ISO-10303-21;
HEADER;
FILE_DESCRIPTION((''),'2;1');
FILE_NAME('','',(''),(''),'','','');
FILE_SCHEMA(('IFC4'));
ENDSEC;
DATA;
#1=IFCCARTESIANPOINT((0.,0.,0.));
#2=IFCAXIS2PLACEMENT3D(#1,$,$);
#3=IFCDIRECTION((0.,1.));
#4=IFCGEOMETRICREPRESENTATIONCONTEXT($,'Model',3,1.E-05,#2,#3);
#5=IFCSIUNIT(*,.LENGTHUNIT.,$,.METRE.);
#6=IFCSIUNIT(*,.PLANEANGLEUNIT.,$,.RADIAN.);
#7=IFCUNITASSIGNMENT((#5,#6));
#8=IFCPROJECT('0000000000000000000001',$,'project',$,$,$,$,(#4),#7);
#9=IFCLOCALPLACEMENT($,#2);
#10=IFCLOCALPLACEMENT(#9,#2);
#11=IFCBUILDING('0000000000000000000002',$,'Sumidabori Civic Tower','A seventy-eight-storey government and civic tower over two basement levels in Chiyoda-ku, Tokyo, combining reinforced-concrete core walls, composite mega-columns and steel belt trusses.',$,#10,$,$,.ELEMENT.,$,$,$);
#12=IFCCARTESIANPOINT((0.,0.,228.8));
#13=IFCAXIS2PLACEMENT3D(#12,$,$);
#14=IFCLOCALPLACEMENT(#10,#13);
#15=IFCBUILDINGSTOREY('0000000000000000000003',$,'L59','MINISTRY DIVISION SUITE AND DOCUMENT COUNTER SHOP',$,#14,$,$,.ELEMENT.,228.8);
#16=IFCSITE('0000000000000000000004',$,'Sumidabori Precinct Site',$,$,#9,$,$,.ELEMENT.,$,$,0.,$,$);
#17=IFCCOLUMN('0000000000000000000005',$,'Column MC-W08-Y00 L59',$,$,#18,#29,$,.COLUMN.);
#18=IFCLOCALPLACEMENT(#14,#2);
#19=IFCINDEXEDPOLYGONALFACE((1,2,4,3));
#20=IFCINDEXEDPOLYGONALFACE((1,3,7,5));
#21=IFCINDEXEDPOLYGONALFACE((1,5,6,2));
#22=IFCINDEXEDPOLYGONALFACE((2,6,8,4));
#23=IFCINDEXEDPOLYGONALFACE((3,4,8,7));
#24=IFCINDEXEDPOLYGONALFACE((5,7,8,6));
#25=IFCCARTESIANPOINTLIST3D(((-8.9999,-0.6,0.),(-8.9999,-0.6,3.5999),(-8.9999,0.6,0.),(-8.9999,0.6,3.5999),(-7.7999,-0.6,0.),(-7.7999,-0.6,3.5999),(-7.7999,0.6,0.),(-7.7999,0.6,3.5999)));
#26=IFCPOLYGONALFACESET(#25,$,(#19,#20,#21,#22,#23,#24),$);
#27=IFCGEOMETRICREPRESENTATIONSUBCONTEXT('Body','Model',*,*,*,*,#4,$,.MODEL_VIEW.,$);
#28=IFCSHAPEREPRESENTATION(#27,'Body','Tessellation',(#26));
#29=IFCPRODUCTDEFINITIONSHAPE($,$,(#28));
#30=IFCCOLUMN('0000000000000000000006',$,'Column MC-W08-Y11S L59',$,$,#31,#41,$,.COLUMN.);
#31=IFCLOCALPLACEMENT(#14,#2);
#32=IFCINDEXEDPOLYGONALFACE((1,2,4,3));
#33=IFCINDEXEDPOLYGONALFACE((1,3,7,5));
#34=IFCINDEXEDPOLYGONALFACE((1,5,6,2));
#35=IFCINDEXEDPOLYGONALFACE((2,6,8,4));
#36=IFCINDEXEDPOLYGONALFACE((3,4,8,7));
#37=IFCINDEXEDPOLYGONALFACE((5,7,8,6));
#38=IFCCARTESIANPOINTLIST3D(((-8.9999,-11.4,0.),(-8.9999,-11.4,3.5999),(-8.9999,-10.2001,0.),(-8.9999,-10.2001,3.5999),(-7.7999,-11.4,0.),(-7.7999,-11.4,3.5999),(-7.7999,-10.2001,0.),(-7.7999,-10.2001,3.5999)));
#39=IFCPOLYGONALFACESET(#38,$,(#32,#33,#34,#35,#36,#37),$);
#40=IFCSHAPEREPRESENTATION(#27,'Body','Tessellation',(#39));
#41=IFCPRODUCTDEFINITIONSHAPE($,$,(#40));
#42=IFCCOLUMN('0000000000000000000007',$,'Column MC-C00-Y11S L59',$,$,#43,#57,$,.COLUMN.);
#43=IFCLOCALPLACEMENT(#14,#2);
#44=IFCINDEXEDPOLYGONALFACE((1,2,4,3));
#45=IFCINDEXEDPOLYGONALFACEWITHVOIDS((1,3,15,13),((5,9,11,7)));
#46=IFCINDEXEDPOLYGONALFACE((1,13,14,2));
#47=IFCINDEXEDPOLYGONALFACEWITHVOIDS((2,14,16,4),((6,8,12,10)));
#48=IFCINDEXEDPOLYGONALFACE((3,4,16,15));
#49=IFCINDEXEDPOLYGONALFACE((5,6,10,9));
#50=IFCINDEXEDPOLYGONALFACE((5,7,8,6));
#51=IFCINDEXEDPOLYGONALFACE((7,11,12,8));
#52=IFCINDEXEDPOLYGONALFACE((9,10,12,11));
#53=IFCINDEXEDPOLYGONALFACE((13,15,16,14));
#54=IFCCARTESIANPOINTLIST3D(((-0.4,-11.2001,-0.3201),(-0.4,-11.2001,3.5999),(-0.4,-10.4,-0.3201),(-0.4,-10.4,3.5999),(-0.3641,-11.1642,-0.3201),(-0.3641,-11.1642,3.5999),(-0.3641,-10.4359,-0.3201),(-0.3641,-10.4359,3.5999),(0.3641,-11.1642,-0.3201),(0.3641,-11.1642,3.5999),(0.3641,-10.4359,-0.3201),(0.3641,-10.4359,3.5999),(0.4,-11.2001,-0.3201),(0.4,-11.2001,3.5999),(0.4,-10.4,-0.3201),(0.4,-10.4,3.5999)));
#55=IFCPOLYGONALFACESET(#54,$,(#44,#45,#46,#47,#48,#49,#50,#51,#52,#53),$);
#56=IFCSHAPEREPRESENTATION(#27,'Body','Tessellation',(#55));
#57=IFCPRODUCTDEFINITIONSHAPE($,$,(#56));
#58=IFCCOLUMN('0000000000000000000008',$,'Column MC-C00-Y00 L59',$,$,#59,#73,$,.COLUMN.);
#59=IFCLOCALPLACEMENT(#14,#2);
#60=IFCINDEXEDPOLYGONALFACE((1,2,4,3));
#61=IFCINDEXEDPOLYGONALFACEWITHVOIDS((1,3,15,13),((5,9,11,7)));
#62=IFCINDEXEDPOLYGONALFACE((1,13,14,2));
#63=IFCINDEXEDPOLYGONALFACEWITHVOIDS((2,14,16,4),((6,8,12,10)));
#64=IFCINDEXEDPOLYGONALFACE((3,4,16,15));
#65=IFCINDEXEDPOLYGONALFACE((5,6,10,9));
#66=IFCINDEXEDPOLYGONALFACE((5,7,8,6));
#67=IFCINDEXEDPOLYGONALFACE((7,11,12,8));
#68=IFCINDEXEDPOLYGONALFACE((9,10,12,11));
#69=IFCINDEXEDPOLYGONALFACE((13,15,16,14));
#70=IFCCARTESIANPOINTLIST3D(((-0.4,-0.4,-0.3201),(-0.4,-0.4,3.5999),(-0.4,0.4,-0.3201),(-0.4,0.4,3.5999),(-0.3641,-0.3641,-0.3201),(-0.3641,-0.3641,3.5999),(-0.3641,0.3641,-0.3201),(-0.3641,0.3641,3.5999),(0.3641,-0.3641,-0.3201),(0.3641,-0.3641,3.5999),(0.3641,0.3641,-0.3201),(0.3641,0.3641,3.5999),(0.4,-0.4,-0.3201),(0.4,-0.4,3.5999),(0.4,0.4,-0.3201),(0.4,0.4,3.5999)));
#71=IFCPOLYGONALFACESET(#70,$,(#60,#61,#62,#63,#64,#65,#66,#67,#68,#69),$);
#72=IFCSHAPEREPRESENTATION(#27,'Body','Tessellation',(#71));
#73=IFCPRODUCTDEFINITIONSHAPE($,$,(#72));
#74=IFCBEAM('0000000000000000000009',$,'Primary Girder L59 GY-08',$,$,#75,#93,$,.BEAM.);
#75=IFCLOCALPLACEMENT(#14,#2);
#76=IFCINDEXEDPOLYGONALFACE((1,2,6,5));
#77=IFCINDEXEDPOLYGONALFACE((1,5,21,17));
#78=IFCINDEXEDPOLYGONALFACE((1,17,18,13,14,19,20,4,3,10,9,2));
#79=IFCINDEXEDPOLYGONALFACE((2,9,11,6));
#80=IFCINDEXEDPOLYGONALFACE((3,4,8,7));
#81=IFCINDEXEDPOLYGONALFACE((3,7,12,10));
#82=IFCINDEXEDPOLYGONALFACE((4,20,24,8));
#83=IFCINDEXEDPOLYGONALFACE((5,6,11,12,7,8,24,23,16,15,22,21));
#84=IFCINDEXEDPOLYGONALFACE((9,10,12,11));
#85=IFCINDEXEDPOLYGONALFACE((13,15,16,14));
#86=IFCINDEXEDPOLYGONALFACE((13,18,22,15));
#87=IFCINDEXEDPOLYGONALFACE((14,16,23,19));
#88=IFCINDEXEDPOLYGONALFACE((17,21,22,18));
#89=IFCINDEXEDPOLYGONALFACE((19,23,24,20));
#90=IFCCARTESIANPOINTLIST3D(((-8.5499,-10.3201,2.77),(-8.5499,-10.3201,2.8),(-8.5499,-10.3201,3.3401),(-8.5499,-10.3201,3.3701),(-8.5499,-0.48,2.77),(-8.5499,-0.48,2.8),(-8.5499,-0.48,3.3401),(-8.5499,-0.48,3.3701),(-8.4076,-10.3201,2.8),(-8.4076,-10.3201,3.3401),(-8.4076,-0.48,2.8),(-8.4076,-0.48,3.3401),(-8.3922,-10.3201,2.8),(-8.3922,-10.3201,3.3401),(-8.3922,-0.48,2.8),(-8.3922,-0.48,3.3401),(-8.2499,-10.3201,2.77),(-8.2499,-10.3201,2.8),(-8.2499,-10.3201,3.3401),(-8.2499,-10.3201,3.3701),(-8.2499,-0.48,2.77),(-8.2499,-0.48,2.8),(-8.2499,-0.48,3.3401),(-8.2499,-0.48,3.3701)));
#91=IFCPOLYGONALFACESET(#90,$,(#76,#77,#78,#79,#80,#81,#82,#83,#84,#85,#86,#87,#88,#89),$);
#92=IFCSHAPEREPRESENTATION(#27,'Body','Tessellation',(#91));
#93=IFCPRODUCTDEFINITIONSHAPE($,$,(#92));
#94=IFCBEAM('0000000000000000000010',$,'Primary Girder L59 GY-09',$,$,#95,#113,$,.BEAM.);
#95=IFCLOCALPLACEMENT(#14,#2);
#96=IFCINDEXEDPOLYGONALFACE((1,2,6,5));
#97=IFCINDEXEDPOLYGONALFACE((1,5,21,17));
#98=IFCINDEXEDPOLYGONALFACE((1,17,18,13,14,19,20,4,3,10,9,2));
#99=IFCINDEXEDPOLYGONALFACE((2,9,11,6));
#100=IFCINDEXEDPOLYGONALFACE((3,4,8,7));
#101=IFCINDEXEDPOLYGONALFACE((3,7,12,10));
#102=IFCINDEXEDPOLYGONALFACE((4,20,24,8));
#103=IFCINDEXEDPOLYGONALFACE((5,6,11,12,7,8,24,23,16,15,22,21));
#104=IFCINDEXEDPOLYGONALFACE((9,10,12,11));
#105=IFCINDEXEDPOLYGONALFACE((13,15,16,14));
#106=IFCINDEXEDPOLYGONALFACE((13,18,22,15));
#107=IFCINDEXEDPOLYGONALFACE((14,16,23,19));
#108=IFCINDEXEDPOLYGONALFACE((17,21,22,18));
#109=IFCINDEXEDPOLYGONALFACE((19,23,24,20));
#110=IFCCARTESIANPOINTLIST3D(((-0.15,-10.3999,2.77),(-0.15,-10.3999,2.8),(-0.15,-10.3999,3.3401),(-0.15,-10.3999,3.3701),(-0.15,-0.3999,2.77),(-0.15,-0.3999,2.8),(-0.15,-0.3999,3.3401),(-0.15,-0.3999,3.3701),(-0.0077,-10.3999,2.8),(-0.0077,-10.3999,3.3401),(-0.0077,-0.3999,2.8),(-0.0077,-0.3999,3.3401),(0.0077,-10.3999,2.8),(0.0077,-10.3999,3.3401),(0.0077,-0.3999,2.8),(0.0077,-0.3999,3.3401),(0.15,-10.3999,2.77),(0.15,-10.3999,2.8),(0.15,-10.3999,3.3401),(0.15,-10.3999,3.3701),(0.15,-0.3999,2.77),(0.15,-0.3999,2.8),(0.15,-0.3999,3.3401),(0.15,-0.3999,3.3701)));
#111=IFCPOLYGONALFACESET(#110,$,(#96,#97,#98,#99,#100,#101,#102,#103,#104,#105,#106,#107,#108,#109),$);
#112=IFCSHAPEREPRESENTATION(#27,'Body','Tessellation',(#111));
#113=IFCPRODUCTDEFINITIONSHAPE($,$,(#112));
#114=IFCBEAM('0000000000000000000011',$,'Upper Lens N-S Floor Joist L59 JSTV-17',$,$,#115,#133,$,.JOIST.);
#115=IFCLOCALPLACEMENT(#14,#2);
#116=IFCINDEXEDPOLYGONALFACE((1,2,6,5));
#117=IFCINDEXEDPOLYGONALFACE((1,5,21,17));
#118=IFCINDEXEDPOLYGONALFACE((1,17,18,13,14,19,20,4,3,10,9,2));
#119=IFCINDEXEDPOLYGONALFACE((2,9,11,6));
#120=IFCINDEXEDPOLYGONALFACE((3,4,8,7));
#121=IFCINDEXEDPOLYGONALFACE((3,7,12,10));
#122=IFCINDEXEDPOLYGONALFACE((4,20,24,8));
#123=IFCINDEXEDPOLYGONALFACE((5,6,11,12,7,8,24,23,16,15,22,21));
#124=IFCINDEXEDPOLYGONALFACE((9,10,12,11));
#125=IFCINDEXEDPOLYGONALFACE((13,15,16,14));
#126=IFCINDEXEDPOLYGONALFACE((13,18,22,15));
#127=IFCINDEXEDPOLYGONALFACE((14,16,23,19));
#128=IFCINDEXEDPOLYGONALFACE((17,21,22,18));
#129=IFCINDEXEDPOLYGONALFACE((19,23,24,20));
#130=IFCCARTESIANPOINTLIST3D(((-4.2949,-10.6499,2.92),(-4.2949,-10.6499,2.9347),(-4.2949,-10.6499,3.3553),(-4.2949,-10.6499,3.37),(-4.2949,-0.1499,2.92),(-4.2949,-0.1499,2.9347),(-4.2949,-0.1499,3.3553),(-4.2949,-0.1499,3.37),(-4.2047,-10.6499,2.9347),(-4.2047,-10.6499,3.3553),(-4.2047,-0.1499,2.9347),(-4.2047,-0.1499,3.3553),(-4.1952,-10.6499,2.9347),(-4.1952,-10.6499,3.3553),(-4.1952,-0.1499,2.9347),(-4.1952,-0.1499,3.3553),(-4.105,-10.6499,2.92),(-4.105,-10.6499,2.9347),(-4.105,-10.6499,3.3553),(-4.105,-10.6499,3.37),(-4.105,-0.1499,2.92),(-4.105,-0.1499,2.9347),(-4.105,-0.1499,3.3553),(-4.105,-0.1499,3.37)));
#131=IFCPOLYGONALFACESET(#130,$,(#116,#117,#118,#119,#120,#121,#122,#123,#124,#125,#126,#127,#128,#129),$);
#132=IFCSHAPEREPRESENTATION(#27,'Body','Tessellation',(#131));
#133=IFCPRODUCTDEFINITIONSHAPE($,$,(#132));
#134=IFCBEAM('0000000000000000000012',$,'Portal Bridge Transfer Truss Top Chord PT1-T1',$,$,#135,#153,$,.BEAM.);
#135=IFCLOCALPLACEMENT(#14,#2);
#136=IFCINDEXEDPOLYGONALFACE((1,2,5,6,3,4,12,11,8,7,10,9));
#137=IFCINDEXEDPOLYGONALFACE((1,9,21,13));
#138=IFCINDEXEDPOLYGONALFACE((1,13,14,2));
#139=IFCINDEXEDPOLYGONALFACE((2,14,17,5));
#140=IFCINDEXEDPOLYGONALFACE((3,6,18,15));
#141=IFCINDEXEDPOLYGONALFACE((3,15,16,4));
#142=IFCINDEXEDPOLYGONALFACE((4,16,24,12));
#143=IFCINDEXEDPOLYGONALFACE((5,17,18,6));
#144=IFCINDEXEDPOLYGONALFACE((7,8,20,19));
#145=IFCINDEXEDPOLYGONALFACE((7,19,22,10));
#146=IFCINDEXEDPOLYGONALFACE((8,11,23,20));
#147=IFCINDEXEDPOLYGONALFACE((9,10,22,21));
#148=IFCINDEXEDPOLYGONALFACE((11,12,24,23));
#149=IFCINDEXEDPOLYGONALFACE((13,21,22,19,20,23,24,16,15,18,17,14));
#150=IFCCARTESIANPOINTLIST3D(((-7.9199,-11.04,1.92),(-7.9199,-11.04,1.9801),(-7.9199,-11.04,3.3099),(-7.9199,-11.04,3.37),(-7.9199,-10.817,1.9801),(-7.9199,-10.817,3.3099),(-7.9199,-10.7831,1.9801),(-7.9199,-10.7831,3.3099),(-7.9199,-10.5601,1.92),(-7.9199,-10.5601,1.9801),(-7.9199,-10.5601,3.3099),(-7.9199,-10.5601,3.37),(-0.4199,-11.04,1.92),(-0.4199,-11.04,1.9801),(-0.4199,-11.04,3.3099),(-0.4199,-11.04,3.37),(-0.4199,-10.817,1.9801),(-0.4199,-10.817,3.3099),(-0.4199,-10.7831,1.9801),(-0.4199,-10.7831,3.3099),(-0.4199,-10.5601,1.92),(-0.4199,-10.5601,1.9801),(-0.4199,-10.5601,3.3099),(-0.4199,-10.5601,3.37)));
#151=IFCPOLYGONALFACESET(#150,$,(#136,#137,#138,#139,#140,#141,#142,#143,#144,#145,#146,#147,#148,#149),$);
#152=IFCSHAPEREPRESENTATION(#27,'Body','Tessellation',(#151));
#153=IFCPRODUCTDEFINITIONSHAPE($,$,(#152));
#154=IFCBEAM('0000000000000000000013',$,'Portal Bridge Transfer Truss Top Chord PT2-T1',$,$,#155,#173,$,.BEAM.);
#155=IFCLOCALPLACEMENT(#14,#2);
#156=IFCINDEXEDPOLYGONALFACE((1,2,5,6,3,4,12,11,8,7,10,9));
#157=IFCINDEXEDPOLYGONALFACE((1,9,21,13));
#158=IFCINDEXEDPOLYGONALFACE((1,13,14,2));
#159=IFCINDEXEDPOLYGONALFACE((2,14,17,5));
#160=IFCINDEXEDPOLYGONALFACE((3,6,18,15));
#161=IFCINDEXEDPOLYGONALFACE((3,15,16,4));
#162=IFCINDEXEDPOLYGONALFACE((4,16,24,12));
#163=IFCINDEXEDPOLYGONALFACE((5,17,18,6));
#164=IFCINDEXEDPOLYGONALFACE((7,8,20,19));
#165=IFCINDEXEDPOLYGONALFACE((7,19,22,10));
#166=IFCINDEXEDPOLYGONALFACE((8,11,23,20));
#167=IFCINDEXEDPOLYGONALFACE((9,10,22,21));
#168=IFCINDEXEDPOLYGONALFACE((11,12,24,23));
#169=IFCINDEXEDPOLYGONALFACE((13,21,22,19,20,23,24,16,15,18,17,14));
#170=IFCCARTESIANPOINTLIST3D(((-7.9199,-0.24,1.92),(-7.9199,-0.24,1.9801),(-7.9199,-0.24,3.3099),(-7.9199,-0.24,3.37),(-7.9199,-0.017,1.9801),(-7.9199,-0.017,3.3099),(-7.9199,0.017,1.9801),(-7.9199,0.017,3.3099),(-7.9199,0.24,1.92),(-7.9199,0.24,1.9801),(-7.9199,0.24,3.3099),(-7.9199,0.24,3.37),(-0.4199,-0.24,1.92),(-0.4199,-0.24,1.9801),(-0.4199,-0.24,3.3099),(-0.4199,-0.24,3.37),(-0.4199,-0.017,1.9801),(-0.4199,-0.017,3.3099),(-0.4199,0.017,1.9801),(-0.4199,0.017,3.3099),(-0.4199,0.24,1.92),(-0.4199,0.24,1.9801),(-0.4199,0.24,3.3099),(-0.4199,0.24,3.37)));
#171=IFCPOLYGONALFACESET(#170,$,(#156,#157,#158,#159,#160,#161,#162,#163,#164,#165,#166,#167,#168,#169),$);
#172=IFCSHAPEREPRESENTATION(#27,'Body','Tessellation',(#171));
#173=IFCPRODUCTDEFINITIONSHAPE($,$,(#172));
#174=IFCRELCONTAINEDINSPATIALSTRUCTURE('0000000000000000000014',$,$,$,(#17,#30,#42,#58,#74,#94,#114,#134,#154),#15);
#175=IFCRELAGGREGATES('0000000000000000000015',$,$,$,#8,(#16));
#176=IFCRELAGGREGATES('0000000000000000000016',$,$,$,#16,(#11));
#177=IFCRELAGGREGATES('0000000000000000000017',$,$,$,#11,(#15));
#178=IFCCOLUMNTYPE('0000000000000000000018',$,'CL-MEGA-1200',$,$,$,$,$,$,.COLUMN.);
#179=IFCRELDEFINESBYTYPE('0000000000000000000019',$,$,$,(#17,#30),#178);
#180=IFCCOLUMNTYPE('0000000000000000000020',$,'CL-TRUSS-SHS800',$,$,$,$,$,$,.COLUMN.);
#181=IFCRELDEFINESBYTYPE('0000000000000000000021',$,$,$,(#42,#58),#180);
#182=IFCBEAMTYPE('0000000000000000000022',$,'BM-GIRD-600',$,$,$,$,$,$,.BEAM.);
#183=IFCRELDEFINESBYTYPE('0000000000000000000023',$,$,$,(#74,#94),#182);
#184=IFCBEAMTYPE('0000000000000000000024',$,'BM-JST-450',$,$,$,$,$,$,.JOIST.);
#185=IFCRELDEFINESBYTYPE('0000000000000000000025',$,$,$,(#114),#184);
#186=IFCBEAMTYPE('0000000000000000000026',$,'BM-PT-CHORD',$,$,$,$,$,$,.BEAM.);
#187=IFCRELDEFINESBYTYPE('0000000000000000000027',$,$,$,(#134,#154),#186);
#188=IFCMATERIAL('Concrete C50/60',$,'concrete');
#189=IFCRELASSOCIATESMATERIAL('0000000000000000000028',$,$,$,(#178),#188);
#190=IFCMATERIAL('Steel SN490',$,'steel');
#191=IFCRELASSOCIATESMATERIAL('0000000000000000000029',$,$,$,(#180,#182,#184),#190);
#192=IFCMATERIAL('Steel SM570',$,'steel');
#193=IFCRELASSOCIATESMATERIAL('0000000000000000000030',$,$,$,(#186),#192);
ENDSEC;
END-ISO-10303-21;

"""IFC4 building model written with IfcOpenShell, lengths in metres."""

from ifc_helpers import new_model, si_unit, direction, frame, origin, origin_2d, place, context, subcontext, project, spatial, rectangle, hollow_rectangle, i_section, extrude, source, transform, mapped, material, material_profile, profile_set, type_object, element, save


model = new_model("IFC4")

# Units and contexts
model_context = context("Model", 3, precision=1e-05, world=origin(), true_north=direction((0.0, 1.0)))
body_context = subcontext(model_context, "Body", "Model", "MODEL_VIEW")
ifc_project = project(units=[si_unit("LENGTHUNIT", "METRE"), si_unit("PLANEANGLEUNIT", "RADIAN")], contexts=[model_context])

# Site, building, storey
site_placement = place(None, origin())
site = spatial("IfcSite", under=ifc_project, at=site_placement, Name="Sumidabori Precinct Site", CompositionType="ELEMENT", RefElevation=0.0)
building_placement = place(site_placement, origin())
building = spatial("IfcBuilding", under=site, at=building_placement, Name="Sumidabori Civic Tower", Description="A seventy-eight-storey government and civic tower over two basement levels in Chiyoda-ku, Tokyo, combining reinforced-concrete core walls, composite mega-columns and steel belt trusses.", CompositionType="ELEMENT")
storey_placement = place(building_placement, frame((0.0, 0.0, 228.8)))
storey = spatial("IfcBuildingStorey", under=building, at=storey_placement, Name="L59", Description="MINISTRY DIVISION SUITE AND DOCUMENT COUNTER SHOP", CompositionType="ELEMENT", Elevation=228.8)

# Columns
ifc_material_1 = material(Name="Concrete C50/60", Category="concrete")
ifc_material_profile_1 = material_profile(ifc_material_1, rectangle(XDim=1.2, YDim=1.2, at=origin_2d()), Name="RC 1200x1200")
ifc_profile_set_1 = profile_set([ifc_material_profile_1], Name="Concrete C50/60")
column_type_1 = type_object("IfcColumnType", Name="CL-MEGA-1200", PredefinedType="COLUMN", material=ifc_profile_set_1)
shared_shape_1 = source(origin(), body_context, "Body", "SweptSolid", [
    extrude(rectangle(XDim=1.2, YDim=1.2, at=origin_2d()), origin(), (0.0, 0.0, 1.0), 3.5999),
])
for number, where, z_axis, x_axis, name in (
    (1, (-8.3999, 0.0, 0.0), (0.0, 0.0, 1.0), (1.0, 0.0, 0.0), "Column MC-W08-Y00 L59"),
    (2, (-8.3999, -10.8, 0.0), (0.0, 0.0, 1.0), (1.0, 0.0, 0.0), "Column MC-W08-Y11S L59"),
):
    element("IfcColumn", number, at=place(storey_placement, frame(where, z_axis=z_axis, x_axis=x_axis)), inside=storey, type_object=column_type_1, Name=name, PredefinedType="COLUMN", context=body_context, shape_type="MappedRepresentation", body=[
        mapped(shared_shape_1, transform((0.0, 0.0, 0.0), x_axis=(1.0, 0.0, 0.0), y_axis=(0.0, 1.0, 0.0), z_axis=(0.0, 0.0, 1.0), scale=1.0)),
    ])
ifc_material_2 = material(Name="Steel SN490", Category="steel")
ifc_material_profile_2 = material_profile(ifc_material_2, hollow_rectangle(XDim=0.8, YDim=0.8, WallThickness=0.0359, at=origin_2d()), Name="SHS 800x800x36")
ifc_profile_set_2 = profile_set([ifc_material_profile_2], Name="Steel SN490")
column_type_2 = type_object("IfcColumnType", Name="CL-TRUSS-SHS800", PredefinedType="COLUMN", material=ifc_profile_set_2)
shared_shape_2 = source(origin(), body_context, "Body", "SweptSolid", [
    extrude(hollow_rectangle(XDim=0.8, YDim=0.8, WallThickness=0.0359, at=origin_2d()), origin(), (0.0, 0.0, 1.0), 3.9199),
])
for number, where, z_axis, x_axis, name in (
    (3, (0.0, -10.8, -0.3201), (0.0, 0.0, 1.0), (1.0, 0.0, 0.0), "Column MC-C00-Y11S L59"),
    (4, (0.0, 0.0, -0.3201), (0.0, 0.0, 1.0), (1.0, 0.0, 0.0), "Column MC-C00-Y00 L59"),
):
    element("IfcColumn", number, at=place(storey_placement, frame(where, z_axis=z_axis, x_axis=x_axis)), inside=storey, type_object=column_type_2, Name=name, PredefinedType="COLUMN", context=body_context, shape_type="MappedRepresentation", body=[
        mapped(shared_shape_2, transform((0.0, 0.0, 0.0), x_axis=(1.0, 0.0, 0.0), y_axis=(0.0, 1.0, 0.0), z_axis=(0.0, 0.0, 1.0), scale=1.0)),
    ])

# Beams
ifc_material_profile_3 = material_profile(ifc_material_2, i_section(OverallWidth=0.3, OverallDepth=0.6001, WebThickness=0.0154, FlangeThickness=0.03, at=origin_2d()), Name="HE 600 B")
ifc_profile_set_3 = profile_set([ifc_material_profile_3], Name="Steel SN490")
beam_type_1 = type_object("IfcBeamType", Name="BM-GIRD-600", PredefinedType="BEAM", material=ifc_profile_set_3)
shared_shape_3 = source(origin(), body_context, "Body", "SweptSolid", [
    extrude(i_section(OverallWidth=0.3, OverallDepth=0.6001, WebThickness=0.0154, FlangeThickness=0.03, at=origin_2d()), origin(), (0.0, 0.0, 1.0), 9.8401),
])
beam_1_placement = place(storey_placement, frame((-8.3999, -10.3201, 3.0701), z_axis=(0.0, 1.0, 0.0), x_axis=(-1.0, 0.0, 0.0)))
element("IfcBeam", 5, at=beam_1_placement, inside=storey, type_object=beam_type_1, Name="Primary Girder L59 GY-08", PredefinedType="BEAM", context=body_context, shape_type="MappedRepresentation", body=[
    mapped(shared_shape_3, transform((0.0, 0.0, 0.0), x_axis=(1.0, 0.0, 0.0), y_axis=(0.0, 1.0, 0.0), z_axis=(0.0, 0.0, 1.0), scale=1.0)),
])
shared_shape_4 = source(origin(), body_context, "Body", "SweptSolid", [
    extrude(i_section(OverallWidth=0.3, OverallDepth=0.6001, WebThickness=0.0154, FlangeThickness=0.03, at=origin_2d()), origin(), (0.0, 0.0, 1.0), 10.0),
])
beam_2_placement = place(storey_placement, frame((0.0, -10.3999, 3.0701), z_axis=(0.0, 1.0, 0.0), x_axis=(-1.0, 0.0, 0.0)))
element("IfcBeam", 6, at=beam_2_placement, inside=storey, type_object=beam_type_1, Name="Primary Girder L59 GY-09", PredefinedType="BEAM", context=body_context, shape_type="MappedRepresentation", body=[
    mapped(shared_shape_4, transform((0.0, 0.0, 0.0), x_axis=(1.0, 0.0, 0.0), y_axis=(0.0, 1.0, 0.0), z_axis=(0.0, 0.0, 1.0), scale=1.0)),
])
ifc_material_profile_4 = material_profile(ifc_material_2, i_section(OverallWidth=0.1899, OverallDepth=0.45, WebThickness=0.0095, FlangeThickness=0.0146, at=origin_2d()), Name="IPE 450")
ifc_profile_set_4 = profile_set([ifc_material_profile_4], Name="Steel SN490")
beam_type_2 = type_object("IfcBeamType", Name="BM-JST-450", PredefinedType="JOIST", material=ifc_profile_set_4)
shared_shape_5 = source(origin(), body_context, "Body", "SweptSolid", [
    extrude(i_section(OverallWidth=0.1899, OverallDepth=0.45, WebThickness=0.0095, FlangeThickness=0.0146, at=origin_2d()), origin(), (0.0, 0.0, 1.0), 10.5),
])
beam_3_placement = place(storey_placement, frame((-4.2, -10.6499, 3.145), z_axis=(0.0, 1.0, 0.0), x_axis=(-1.0, 0.0, 0.0)))
element("IfcBeam", 7, at=beam_3_placement, inside=storey, type_object=beam_type_2, Name="Upper Lens N-S Floor Joist L59 JSTV-17", PredefinedType="JOIST", context=body_context, shape_type="MappedRepresentation", body=[
    mapped(shared_shape_5, transform((0.0, 0.0, 0.0), x_axis=(1.0, 0.0, 0.0), y_axis=(0.0, 1.0, 0.0), z_axis=(0.0, 0.0, 1.0), scale=1.0)),
])
ifc_material_3 = material(Name="Steel SM570", Category="steel")
ifc_material_profile_5 = material_profile(ifc_material_3, i_section(OverallWidth=0.48, OverallDepth=1.45, WebThickness=0.0339, FlangeThickness=0.0601, at=origin_2d()), Name="WTG 1450x480")
ifc_profile_set_5 = profile_set([ifc_material_profile_5], Name="Steel SM570")
beam_type_3 = type_object("IfcBeamType", Name="BM-PT-CHORD", PredefinedType="BEAM", material=ifc_profile_set_5)
shared_shape_6 = source(origin(), body_context, "Body", "SweptSolid", [
    extrude(i_section(OverallWidth=0.48, OverallDepth=1.45, WebThickness=0.0339, FlangeThickness=0.0601, at=origin_2d()), origin(), (0.0, 0.0, 1.0), 7.5),
])
for number, where, z_axis, x_axis, name in (
    (8, (-7.9199, -10.8, 2.645), (1.0, 0.0, 0.0), (0.0, 1.0, 0.0), "Portal Bridge Transfer Truss Top Chord PT1-T1"),
    (9, (-7.9199, 0.0, 2.645), (1.0, 0.0, 0.0), (0.0, 1.0, 0.0), "Portal Bridge Transfer Truss Top Chord PT2-T1"),
):
    element("IfcBeam", number, at=place(storey_placement, frame(where, z_axis=z_axis, x_axis=x_axis)), inside=storey, type_object=beam_type_3, Name=name, PredefinedType="BEAM", context=body_context, shape_type="MappedRepresentation", body=[
        mapped(shared_shape_6, transform((0.0, 0.0, 0.0), x_axis=(1.0, 0.0, 0.0), y_axis=(0.0, 1.0, 0.0), z_axis=(0.0, 0.0, 1.0), scale=1.0)),
    ])

save(model, "model.ifc")
